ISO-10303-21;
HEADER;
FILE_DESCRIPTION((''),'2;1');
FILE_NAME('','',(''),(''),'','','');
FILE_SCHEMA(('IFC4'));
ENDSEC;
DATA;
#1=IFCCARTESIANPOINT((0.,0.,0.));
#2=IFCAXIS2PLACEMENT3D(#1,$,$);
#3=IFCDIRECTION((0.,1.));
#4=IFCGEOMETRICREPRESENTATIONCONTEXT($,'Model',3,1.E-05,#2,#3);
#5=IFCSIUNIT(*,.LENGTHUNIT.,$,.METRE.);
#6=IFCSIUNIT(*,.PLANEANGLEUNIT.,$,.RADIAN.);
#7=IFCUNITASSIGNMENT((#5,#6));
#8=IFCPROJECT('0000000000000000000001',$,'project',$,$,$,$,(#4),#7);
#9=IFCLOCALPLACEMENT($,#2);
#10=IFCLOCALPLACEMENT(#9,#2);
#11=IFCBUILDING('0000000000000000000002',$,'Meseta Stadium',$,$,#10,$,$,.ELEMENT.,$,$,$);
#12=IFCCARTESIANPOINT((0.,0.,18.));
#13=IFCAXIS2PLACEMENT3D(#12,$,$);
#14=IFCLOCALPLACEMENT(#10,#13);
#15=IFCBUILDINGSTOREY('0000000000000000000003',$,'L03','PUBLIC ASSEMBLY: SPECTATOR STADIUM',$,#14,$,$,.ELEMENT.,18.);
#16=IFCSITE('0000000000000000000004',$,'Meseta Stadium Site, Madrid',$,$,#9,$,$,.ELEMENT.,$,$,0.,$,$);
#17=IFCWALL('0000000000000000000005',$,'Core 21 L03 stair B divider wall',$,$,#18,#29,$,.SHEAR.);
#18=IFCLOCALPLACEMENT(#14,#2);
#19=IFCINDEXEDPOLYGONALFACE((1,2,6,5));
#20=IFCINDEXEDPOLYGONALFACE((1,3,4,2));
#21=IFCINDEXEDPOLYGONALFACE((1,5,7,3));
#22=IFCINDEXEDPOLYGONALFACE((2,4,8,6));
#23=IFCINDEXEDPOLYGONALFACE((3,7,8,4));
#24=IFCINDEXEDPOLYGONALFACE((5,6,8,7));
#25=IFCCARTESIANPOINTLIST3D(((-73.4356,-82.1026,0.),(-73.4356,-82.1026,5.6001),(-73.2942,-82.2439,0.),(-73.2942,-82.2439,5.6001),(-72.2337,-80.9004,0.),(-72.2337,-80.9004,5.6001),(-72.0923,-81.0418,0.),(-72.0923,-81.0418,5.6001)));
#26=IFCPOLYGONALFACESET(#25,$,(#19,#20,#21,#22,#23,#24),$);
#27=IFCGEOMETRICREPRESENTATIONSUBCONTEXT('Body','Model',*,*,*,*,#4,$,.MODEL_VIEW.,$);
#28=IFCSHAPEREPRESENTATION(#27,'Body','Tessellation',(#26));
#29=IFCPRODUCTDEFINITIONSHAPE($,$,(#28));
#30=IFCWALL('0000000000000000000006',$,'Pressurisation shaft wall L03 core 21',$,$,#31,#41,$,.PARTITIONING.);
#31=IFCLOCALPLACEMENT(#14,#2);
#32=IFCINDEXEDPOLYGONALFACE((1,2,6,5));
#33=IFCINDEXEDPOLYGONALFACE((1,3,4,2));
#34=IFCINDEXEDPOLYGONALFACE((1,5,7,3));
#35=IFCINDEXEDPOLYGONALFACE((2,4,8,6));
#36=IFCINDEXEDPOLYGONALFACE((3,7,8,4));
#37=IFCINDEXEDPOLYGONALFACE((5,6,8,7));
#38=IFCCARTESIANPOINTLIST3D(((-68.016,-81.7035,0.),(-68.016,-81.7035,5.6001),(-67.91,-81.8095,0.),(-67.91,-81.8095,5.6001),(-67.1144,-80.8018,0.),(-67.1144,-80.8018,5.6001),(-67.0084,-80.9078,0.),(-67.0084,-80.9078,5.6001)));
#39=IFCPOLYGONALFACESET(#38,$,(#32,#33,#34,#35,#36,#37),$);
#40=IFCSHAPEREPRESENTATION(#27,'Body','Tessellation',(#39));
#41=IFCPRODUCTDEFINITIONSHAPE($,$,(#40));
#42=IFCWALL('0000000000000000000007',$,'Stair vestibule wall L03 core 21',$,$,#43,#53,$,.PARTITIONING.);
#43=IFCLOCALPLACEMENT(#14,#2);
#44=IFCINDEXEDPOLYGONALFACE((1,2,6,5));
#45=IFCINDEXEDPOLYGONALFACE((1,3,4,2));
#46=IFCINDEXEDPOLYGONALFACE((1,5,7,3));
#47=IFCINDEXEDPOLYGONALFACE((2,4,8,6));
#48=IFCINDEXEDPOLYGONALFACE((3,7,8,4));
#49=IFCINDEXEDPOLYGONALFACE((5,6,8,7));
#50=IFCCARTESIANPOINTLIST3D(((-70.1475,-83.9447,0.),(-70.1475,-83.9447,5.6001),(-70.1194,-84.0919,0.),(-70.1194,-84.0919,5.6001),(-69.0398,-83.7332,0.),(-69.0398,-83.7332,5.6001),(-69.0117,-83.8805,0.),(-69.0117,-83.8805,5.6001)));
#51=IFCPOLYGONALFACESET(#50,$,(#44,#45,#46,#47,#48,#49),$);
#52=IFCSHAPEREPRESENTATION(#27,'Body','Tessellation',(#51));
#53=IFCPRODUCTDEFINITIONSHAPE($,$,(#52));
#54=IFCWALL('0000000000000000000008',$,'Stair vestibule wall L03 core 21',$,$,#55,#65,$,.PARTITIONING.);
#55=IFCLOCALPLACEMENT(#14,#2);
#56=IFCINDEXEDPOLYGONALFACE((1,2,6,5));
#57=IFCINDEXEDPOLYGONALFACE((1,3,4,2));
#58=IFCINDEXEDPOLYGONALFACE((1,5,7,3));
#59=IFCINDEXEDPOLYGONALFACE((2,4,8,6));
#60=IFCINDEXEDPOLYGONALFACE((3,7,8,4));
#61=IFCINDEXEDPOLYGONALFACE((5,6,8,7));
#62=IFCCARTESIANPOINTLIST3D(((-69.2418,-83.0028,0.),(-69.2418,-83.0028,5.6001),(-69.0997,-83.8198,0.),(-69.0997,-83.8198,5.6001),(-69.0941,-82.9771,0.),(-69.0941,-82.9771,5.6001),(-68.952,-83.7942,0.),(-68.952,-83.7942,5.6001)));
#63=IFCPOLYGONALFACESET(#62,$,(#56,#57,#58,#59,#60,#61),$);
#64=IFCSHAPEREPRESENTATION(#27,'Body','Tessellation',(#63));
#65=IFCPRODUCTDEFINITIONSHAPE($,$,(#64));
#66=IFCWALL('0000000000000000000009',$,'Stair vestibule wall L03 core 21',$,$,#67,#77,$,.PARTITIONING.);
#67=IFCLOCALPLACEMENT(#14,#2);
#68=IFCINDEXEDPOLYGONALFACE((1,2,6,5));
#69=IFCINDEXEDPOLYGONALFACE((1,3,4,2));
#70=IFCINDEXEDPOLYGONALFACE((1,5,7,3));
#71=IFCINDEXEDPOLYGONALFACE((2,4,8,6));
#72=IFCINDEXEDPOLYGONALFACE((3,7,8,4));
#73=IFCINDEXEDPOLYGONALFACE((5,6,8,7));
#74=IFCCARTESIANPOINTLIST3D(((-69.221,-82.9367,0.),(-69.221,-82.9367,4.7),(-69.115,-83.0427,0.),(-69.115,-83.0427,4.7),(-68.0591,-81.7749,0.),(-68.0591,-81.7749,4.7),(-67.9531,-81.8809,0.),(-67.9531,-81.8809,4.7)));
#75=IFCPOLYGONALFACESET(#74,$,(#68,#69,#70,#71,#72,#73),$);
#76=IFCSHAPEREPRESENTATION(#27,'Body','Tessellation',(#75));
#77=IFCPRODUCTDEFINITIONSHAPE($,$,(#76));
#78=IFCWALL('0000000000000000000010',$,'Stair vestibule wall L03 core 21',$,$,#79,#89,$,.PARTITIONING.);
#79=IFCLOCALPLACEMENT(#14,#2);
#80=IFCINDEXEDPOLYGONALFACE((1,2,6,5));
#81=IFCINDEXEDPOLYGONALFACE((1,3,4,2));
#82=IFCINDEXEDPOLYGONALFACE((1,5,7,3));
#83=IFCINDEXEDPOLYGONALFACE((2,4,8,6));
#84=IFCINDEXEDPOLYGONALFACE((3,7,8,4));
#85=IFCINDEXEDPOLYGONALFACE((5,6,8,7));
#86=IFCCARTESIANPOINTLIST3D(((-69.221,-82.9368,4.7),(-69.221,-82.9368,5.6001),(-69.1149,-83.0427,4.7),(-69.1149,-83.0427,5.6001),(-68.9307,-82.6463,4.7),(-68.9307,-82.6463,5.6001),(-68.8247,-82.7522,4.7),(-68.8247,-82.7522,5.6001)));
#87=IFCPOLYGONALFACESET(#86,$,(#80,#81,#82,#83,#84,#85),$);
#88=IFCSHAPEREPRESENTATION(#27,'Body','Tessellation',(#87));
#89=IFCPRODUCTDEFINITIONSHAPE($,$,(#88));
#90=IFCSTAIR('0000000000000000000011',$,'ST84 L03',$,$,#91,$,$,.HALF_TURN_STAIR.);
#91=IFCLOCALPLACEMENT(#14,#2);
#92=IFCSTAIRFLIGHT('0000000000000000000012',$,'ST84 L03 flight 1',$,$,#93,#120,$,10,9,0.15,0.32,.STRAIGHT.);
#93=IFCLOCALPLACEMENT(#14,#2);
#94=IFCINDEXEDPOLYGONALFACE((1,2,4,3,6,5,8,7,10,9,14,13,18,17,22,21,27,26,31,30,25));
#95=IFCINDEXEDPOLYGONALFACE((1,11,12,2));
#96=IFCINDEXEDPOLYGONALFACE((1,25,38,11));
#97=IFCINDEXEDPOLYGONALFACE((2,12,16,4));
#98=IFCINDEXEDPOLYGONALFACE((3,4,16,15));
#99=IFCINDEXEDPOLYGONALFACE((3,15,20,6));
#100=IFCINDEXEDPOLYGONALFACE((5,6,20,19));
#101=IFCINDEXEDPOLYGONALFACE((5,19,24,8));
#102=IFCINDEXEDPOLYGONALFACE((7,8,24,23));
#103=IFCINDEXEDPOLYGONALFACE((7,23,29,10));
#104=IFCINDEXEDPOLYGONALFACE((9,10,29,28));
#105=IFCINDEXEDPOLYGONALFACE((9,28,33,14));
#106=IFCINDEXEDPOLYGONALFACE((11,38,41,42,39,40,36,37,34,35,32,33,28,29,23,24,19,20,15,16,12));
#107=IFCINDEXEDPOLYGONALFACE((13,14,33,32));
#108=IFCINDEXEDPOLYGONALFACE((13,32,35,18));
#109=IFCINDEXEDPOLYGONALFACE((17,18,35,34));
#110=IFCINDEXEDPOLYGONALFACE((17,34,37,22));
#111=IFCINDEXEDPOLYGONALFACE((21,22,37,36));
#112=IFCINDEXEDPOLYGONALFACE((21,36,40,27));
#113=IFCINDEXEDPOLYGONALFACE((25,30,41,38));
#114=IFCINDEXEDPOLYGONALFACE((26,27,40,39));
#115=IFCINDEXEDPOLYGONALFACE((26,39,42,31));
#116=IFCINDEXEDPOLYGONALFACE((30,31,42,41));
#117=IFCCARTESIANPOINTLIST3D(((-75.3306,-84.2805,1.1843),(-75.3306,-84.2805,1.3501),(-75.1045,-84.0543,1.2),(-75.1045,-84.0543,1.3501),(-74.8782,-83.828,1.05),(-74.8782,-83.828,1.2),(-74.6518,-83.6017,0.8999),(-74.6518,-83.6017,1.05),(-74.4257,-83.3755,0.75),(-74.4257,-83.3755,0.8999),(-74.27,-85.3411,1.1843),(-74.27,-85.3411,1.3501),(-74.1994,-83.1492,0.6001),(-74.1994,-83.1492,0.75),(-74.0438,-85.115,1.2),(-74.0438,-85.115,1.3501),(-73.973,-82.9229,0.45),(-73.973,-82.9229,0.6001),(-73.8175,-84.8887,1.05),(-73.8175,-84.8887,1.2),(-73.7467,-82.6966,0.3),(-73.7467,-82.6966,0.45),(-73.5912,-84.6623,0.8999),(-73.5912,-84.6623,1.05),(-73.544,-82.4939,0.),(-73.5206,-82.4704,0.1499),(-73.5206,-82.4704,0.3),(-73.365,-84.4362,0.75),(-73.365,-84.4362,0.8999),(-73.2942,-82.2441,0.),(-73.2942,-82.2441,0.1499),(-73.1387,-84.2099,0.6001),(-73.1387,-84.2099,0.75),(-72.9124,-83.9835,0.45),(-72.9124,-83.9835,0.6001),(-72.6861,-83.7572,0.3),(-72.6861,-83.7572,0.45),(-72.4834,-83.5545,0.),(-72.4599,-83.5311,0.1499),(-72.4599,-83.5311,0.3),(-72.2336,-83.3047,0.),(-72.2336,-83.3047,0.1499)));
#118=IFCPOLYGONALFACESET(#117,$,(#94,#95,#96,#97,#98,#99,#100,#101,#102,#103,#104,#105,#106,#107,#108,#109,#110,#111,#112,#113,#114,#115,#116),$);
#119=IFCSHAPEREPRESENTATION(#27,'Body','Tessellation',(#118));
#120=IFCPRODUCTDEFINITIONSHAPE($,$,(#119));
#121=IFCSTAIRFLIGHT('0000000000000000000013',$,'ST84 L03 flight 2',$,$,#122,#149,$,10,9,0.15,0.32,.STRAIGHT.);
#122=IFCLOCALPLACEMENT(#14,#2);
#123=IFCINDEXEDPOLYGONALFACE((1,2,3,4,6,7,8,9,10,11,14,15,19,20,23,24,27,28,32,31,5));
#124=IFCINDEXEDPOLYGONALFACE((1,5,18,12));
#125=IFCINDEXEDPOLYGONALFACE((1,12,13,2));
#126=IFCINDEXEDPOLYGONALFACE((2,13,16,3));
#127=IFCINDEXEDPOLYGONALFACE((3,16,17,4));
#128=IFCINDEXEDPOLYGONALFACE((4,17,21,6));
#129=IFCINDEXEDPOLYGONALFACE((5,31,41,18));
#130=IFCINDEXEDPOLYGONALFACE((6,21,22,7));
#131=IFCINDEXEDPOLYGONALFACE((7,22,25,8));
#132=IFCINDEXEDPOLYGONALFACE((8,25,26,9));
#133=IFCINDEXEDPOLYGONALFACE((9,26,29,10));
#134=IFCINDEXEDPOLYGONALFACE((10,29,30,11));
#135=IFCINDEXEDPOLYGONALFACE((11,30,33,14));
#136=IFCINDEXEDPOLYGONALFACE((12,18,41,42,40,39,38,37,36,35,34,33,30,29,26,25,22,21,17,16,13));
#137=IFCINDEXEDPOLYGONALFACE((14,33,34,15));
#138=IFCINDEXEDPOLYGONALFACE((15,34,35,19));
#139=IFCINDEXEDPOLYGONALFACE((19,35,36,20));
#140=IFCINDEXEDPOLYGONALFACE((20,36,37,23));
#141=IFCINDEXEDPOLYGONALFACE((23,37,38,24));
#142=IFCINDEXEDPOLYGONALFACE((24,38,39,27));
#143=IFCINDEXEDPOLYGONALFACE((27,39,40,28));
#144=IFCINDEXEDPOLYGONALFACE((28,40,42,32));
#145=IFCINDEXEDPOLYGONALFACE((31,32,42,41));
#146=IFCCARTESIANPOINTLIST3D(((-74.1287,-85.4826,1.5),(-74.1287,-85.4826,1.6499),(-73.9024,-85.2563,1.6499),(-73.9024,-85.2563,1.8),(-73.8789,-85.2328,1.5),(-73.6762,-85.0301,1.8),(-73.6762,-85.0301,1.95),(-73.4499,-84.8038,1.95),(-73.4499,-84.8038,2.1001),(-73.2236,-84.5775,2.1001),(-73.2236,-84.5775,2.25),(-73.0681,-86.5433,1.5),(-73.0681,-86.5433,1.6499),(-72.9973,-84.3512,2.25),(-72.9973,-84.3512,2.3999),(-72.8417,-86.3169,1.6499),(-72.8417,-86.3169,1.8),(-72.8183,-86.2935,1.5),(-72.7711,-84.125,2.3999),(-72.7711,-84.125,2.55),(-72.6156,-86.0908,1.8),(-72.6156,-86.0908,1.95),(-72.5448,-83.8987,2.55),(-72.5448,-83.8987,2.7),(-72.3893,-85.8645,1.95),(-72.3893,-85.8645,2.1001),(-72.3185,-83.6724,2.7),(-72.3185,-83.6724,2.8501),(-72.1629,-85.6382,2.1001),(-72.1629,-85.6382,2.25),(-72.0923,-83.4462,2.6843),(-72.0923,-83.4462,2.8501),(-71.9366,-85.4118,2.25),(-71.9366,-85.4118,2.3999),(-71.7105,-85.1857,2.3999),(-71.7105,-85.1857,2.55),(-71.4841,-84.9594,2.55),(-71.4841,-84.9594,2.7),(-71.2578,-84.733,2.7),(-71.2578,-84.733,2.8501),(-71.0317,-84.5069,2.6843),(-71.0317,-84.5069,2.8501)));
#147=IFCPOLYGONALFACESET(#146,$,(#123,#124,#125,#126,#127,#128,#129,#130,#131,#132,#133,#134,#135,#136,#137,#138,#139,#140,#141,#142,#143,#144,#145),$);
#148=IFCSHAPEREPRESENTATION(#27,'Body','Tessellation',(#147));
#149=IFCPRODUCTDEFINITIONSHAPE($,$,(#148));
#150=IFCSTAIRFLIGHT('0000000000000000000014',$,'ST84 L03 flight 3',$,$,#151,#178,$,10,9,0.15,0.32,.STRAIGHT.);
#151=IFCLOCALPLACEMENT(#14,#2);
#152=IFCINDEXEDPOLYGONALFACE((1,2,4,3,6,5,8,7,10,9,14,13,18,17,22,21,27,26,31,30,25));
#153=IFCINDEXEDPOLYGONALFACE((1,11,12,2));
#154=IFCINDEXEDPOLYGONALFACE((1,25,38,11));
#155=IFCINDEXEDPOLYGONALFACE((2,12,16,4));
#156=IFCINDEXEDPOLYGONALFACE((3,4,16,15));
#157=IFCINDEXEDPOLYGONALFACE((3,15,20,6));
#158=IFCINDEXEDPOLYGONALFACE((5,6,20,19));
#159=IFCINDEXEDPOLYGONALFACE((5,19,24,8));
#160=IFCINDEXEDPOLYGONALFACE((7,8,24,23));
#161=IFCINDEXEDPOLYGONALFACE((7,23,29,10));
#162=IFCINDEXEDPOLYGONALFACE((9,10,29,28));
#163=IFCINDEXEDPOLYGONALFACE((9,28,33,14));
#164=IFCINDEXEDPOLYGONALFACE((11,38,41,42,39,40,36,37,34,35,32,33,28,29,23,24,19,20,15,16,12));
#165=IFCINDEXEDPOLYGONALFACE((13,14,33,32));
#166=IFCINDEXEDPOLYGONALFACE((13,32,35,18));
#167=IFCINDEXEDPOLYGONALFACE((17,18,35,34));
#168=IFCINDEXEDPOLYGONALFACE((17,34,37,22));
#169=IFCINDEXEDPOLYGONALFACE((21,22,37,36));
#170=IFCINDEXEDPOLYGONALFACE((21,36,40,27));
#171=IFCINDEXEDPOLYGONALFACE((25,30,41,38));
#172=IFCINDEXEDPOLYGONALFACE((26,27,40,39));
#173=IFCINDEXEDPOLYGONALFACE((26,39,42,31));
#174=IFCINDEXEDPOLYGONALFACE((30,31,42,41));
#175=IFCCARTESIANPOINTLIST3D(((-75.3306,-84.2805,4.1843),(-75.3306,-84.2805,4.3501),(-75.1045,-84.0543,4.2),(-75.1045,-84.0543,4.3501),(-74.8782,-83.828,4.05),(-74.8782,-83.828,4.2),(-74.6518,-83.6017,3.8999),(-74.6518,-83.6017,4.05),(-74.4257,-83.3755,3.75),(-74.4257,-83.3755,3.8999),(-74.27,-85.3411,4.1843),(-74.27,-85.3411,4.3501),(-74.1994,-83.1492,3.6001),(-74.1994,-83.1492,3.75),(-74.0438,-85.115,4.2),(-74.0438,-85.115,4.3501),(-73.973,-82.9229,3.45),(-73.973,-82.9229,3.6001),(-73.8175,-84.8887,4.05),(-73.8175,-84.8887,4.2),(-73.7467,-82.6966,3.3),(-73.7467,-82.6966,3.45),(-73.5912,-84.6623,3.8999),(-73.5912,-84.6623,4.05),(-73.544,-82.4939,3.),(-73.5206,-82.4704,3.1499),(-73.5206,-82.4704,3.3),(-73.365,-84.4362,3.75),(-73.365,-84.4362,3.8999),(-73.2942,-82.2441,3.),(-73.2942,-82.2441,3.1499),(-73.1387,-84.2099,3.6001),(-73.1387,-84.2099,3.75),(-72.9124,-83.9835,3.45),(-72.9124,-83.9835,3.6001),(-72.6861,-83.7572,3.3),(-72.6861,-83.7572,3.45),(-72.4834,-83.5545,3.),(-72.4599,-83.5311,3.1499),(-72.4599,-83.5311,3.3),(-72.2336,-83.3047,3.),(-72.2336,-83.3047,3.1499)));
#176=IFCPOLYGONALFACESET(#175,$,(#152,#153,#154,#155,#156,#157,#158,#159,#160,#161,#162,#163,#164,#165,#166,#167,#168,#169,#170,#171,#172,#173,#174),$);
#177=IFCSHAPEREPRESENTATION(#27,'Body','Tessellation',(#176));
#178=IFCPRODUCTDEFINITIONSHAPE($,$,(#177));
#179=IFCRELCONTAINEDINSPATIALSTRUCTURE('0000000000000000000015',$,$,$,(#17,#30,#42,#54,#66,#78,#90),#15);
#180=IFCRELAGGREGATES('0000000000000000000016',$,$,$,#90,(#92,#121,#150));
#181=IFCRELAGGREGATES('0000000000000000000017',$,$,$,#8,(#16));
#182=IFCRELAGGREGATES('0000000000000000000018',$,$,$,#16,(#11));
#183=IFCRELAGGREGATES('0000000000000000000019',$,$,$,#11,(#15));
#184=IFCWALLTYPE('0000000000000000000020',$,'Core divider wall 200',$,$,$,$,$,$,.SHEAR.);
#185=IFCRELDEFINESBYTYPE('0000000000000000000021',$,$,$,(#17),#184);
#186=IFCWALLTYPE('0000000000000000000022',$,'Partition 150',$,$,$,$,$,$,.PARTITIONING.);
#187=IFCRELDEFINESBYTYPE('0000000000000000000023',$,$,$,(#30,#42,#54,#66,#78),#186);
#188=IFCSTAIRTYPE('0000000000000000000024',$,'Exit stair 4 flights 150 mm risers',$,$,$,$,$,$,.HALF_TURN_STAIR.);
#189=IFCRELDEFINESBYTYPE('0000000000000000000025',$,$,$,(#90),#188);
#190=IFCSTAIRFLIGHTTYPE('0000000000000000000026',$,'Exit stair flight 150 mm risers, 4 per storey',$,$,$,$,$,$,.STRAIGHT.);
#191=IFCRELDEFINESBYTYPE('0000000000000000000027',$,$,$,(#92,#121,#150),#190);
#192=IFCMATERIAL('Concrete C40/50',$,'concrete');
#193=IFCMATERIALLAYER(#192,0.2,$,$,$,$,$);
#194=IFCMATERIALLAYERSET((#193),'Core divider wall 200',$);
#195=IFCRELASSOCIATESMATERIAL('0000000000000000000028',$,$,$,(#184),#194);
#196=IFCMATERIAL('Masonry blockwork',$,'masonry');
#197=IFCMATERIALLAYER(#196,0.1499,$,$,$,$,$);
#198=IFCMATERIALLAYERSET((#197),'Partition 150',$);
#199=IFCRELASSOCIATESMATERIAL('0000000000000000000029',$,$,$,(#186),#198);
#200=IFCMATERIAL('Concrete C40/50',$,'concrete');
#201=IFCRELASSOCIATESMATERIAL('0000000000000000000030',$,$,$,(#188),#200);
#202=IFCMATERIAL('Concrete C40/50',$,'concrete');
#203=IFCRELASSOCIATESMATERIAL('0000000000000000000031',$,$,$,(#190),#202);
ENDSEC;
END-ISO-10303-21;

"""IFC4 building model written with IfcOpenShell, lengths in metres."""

from ifc_helpers import new_model, si_unit, direction, frame, frame_2d, origin, place, context, subcontext, project, spatial, polyline, rectangle, outline, extrude, material, layer, layer_set, type_object, element, aggregate, save


model = new_model("IFC4")

# Units and contexts
model_context = context("Model", 3, precision=1e-05, world=origin(), true_north=direction((0.0, 1.0)))
body_context = subcontext(model_context, "Body", "Model", "MODEL_VIEW")
ifc_project = project(units=[si_unit("LENGTHUNIT", "METRE"), si_unit("PLANEANGLEUNIT", "RADIAN")], contexts=[model_context])

# Site, building, storey
site_placement = place(None, origin())
site = spatial("IfcSite", under=ifc_project, at=site_placement, Name="Meseta Stadium Site, Madrid", CompositionType="ELEMENT", RefElevation=0.0)
building_placement = place(site_placement, origin())
building = spatial("IfcBuilding", under=site, at=building_placement, Name="Meseta Stadium", CompositionType="ELEMENT")
storey_placement = place(building_placement, frame((0.0, 0.0, 18.0)))
storey = spatial("IfcBuildingStorey", under=building, at=storey_placement, Name="L03", Description="PUBLIC ASSEMBLY: SPECTATOR STADIUM", CompositionType="ELEMENT", Elevation=18.0)

# Walls
ifc_material_1 = material(Name="Concrete C40/50", Category="concrete")
ifc_layer_1 = layer(ifc_material_1, 0.2)
ifc_layer_set_1 = layer_set([ifc_layer_1], Name="Core divider wall 200")
wall_type_1 = type_object("IfcWallType", Name="Core divider wall 200", PredefinedType="SHEAR", material=ifc_layer_set_1)
wall_1_placement = place(storey_placement, frame((-73.365, -82.1733, 0.0), z_axis=(0.0, 0.0, 1.0), x_axis=(0.707035, 0.707179, 0.0)))
element("IfcWall", 1, at=wall_1_placement, inside=storey, type_object=wall_type_1, Name="Core 21 L03 stair B divider wall", PredefinedType="SHEAR", context=body_context, shape_type="SweptSolid", body=[
    extrude(rectangle(XDim=1.7, YDim=0.2, at=frame_2d((0.8501, 0.0))), origin(), (0.0, 0.0, 1.0), 5.6001),
])
ifc_material_2 = material(Name="Masonry blockwork", Category="masonry")
ifc_layer_2 = layer(ifc_material_2, 0.1499)
ifc_layer_set_2 = layer_set([ifc_layer_2], Name="Partition 150")
wall_type_2 = type_object("IfcWallType", Name="Partition 150", PredefinedType="PARTITIONING", material=ifc_layer_set_2)
wall_2_placement = place(storey_placement, frame((-67.9631, -81.7566, 0.0), z_axis=(0.0, 0.0, 1.0), x_axis=(0.707107, 0.707107, 0.0)))
element("IfcWall", 2, at=wall_2_placement, inside=storey, type_object=wall_type_2, Name="Pressurisation shaft wall L03 core 21", PredefinedType="PARTITIONING", context=body_context, shape_type="SweptSolid", body=[
    extrude(rectangle(XDim=1.2751, YDim=0.1499, at=frame_2d((0.6377, 0.0))), origin(), (0.0, 0.0, 1.0), 5.6001),
])
wall_3_placement = place(storey_placement, frame((-70.1335, -84.0183, 0.0), z_axis=(0.0, 0.0, 1.0), x_axis=(0.982266, 0.18749, 0.0)))
element("IfcWall", 3, at=wall_3_placement, inside=storey, type_object=wall_type_2, Name="Stair vestibule wall L03 core 21", PredefinedType="PARTITIONING", context=body_context, shape_type="SweptSolid", body=[
    extrude(rectangle(XDim=1.1277, YDim=0.1499, at=frame_2d((0.564, 0.0))), origin(), (0.0, 0.0, 1.0), 5.6001),
])
wall_4_placement = place(storey_placement, frame((-69.0259, -83.8069, 0.0), z_axis=(0.0, 0.0, 1.0), x_axis=(-0.171316, 0.985216, 0.0)))
element("IfcWall", 4, at=wall_4_placement, inside=storey, type_object=wall_type_2, Name="Stair vestibule wall L03 core 21", PredefinedType="PARTITIONING", context=body_context, shape_type="SweptSolid", body=[
    extrude(rectangle(XDim=0.8293, YDim=0.1499, at=frame_2d((0.4146, 0.0))), origin(), (0.0, 0.0, 1.0), 5.6001),
])
wall_5_placement = place(storey_placement, frame((-69.168, -82.9897, 0.0), z_axis=(0.0, 0.0, 1.0), x_axis=(0.707107, 0.707107, 0.0)))
element("IfcWall", 5, at=wall_5_placement, inside=storey, type_object=wall_type_2, Name="Stair vestibule wall L03 core 21", PredefinedType="PARTITIONING", context=body_context, shape_type="SweptSolid", body=[
    extrude(rectangle(XDim=1.6431, YDim=0.1499, at=frame_2d((0.8215, 0.0))), origin(), (0.0, 0.0, 1.0), 4.7),
])
wall_6_placement = place(storey_placement, frame((-69.168, -82.9897, 4.7), z_axis=(0.0, 0.0, 1.0), x_axis=(0.706809, 0.707404, 0.0)))
element("IfcWall", 6, at=wall_6_placement, inside=storey, type_object=wall_type_2, Name="Stair vestibule wall L03 core 21", PredefinedType="PARTITIONING", context=body_context, shape_type="SweptSolid", body=[
    extrude(rectangle(XDim=0.4106, YDim=0.1499, at=frame_2d((0.2053, 0.0))), origin(), (0.0, 0.0, 1.0), 0.9001),
])

# Stair, stair flights
ifc_material_3 = material(Name="Concrete C40/50", Category="concrete")
stair_type = type_object("IfcStairType", Name="Exit stair 4 flights 150 mm risers", PredefinedType="HALF_TURN_STAIR", material=ifc_material_3)
stair_placement = place(storey_placement, origin())
stair = element("IfcStair", 7, at=stair_placement, inside=storey, type_object=stair_type, Name="ST84 L03", PredefinedType="HALF_TURN_STAIR")
ifc_material_4 = material(Name="Concrete C40/50", Category="concrete")
stair_flight_type = type_object("IfcStairFlightType", Name="Exit stair flight 150 mm risers, 4 per storey", PredefinedType="STRAIGHT", material=ifc_material_4)
stair_flight_1_placement = place(storey_placement, frame((-72.7639, -82.7744, 0.0), z_axis=(0.0, 0.0, 1.0), x_axis=(-0.707107, -0.707107, 0.0)))
stair_flight_1 = element("IfcStairFlight", 8, at=stair_flight_1_placement, type_object=stair_flight_type, Name="ST84 L03 flight 1", NumberOfRisers=10, NumberOfTreads=9, PredefinedType="STRAIGHT", RiserHeight=0.15, TreadLength=0.32, context=body_context, shape_type="SweptSolid", body=[
    extrude(outline(polyline([(0.0, 0.0), (0.0, 0.1499), (0.3201, 0.1499), (0.3201, 0.3), (0.6399, 0.3), (0.6399, 0.45), (0.96, 0.45), (0.96, 0.6001), (1.28, 0.6001), (1.28, 0.75), (1.6001, 0.75), (1.6001, 0.8999), (1.9199, 0.8999), (1.9199, 1.05), (2.24, 1.05), (2.24, 1.2), (2.5601, 1.2), (2.5601, 1.3501), (2.8799, 1.3501), (2.8799, 1.1843), (0.3533, 0.0), (0.0, 0.0)])), frame((0.0, 0.75, 0.0), z_axis=(0.0, -1.0, 0.0), x_axis=(1.0, 0.0, 0.0)), (0.0, 0.0, 1.0), 1.5),
])
stair_flight_2_placement = place(storey_placement, frame((-73.5984, -86.0129, 1.5), z_axis=(0.0, 0.0, 1.0), x_axis=(0.707107, 0.707107, 0.0)))
stair_flight_2 = element("IfcStairFlight", 9, at=stair_flight_2_placement, type_object=stair_flight_type, Name="ST84 L03 flight 2", NumberOfRisers=10, NumberOfTreads=9, PredefinedType="STRAIGHT", RiserHeight=0.15, TreadLength=0.32, context=body_context, shape_type="SweptSolid", body=[
    extrude(outline(polyline([(0.0, 0.0), (0.0, 0.1499), (0.3201, 0.1499), (0.3201, 0.3), (0.6399, 0.3), (0.6399, 0.45), (0.96, 0.45), (0.96, 0.6001), (1.28, 0.6001), (1.28, 0.75), (1.6001, 0.75), (1.6001, 0.8999), (1.9199, 0.8999), (1.9199, 1.05), (2.24, 1.05), (2.24, 1.2), (2.5601, 1.2), (2.5601, 1.3501), (2.8799, 1.3501), (2.8799, 1.1843), (0.3533, 0.0), (0.0, 0.0)])), frame((0.0, 0.75, 0.0), z_axis=(0.0, -1.0, 0.0), x_axis=(1.0, 0.0, 0.0)), (0.0, 0.0, 1.0), 1.5),
])
stair_flight_3_placement = place(storey_placement, frame((-72.7639, -82.7744, 3.0), z_axis=(0.0, 0.0, 1.0), x_axis=(-0.707107, -0.707107, 0.0)))
stair_flight_3 = element("IfcStairFlight", 10, at=stair_flight_3_placement, type_object=stair_flight_type, Name="ST84 L03 flight 3", NumberOfRisers=10, NumberOfTreads=9, PredefinedType="STRAIGHT", RiserHeight=0.15, TreadLength=0.32, context=body_context, shape_type="SweptSolid", body=[
    extrude(outline(polyline([(0.0, 0.0), (0.0, 0.1499), (0.3201, 0.1499), (0.3201, 0.3), (0.6399, 0.3), (0.6399, 0.45), (0.96, 0.45), (0.96, 0.6001), (1.28, 0.6001), (1.28, 0.75), (1.6001, 0.75), (1.6001, 0.8999), (1.9199, 0.8999), (1.9199, 1.05), (2.24, 1.05), (2.24, 1.2), (2.5601, 1.2), (2.5601, 1.3501), (2.8799, 1.3501), (2.8799, 1.1843), (0.3533, 0.0), (0.0, 0.0)])), frame((0.0, 0.75, 0.0), z_axis=(0.0, -1.0, 0.0), x_axis=(1.0, 0.0, 0.0)), (0.0, 0.0, 1.0), 1.5),
])
aggregate(stair, [stair_flight_1, stair_flight_2, stair_flight_3])

save(model, "model.ifc")
